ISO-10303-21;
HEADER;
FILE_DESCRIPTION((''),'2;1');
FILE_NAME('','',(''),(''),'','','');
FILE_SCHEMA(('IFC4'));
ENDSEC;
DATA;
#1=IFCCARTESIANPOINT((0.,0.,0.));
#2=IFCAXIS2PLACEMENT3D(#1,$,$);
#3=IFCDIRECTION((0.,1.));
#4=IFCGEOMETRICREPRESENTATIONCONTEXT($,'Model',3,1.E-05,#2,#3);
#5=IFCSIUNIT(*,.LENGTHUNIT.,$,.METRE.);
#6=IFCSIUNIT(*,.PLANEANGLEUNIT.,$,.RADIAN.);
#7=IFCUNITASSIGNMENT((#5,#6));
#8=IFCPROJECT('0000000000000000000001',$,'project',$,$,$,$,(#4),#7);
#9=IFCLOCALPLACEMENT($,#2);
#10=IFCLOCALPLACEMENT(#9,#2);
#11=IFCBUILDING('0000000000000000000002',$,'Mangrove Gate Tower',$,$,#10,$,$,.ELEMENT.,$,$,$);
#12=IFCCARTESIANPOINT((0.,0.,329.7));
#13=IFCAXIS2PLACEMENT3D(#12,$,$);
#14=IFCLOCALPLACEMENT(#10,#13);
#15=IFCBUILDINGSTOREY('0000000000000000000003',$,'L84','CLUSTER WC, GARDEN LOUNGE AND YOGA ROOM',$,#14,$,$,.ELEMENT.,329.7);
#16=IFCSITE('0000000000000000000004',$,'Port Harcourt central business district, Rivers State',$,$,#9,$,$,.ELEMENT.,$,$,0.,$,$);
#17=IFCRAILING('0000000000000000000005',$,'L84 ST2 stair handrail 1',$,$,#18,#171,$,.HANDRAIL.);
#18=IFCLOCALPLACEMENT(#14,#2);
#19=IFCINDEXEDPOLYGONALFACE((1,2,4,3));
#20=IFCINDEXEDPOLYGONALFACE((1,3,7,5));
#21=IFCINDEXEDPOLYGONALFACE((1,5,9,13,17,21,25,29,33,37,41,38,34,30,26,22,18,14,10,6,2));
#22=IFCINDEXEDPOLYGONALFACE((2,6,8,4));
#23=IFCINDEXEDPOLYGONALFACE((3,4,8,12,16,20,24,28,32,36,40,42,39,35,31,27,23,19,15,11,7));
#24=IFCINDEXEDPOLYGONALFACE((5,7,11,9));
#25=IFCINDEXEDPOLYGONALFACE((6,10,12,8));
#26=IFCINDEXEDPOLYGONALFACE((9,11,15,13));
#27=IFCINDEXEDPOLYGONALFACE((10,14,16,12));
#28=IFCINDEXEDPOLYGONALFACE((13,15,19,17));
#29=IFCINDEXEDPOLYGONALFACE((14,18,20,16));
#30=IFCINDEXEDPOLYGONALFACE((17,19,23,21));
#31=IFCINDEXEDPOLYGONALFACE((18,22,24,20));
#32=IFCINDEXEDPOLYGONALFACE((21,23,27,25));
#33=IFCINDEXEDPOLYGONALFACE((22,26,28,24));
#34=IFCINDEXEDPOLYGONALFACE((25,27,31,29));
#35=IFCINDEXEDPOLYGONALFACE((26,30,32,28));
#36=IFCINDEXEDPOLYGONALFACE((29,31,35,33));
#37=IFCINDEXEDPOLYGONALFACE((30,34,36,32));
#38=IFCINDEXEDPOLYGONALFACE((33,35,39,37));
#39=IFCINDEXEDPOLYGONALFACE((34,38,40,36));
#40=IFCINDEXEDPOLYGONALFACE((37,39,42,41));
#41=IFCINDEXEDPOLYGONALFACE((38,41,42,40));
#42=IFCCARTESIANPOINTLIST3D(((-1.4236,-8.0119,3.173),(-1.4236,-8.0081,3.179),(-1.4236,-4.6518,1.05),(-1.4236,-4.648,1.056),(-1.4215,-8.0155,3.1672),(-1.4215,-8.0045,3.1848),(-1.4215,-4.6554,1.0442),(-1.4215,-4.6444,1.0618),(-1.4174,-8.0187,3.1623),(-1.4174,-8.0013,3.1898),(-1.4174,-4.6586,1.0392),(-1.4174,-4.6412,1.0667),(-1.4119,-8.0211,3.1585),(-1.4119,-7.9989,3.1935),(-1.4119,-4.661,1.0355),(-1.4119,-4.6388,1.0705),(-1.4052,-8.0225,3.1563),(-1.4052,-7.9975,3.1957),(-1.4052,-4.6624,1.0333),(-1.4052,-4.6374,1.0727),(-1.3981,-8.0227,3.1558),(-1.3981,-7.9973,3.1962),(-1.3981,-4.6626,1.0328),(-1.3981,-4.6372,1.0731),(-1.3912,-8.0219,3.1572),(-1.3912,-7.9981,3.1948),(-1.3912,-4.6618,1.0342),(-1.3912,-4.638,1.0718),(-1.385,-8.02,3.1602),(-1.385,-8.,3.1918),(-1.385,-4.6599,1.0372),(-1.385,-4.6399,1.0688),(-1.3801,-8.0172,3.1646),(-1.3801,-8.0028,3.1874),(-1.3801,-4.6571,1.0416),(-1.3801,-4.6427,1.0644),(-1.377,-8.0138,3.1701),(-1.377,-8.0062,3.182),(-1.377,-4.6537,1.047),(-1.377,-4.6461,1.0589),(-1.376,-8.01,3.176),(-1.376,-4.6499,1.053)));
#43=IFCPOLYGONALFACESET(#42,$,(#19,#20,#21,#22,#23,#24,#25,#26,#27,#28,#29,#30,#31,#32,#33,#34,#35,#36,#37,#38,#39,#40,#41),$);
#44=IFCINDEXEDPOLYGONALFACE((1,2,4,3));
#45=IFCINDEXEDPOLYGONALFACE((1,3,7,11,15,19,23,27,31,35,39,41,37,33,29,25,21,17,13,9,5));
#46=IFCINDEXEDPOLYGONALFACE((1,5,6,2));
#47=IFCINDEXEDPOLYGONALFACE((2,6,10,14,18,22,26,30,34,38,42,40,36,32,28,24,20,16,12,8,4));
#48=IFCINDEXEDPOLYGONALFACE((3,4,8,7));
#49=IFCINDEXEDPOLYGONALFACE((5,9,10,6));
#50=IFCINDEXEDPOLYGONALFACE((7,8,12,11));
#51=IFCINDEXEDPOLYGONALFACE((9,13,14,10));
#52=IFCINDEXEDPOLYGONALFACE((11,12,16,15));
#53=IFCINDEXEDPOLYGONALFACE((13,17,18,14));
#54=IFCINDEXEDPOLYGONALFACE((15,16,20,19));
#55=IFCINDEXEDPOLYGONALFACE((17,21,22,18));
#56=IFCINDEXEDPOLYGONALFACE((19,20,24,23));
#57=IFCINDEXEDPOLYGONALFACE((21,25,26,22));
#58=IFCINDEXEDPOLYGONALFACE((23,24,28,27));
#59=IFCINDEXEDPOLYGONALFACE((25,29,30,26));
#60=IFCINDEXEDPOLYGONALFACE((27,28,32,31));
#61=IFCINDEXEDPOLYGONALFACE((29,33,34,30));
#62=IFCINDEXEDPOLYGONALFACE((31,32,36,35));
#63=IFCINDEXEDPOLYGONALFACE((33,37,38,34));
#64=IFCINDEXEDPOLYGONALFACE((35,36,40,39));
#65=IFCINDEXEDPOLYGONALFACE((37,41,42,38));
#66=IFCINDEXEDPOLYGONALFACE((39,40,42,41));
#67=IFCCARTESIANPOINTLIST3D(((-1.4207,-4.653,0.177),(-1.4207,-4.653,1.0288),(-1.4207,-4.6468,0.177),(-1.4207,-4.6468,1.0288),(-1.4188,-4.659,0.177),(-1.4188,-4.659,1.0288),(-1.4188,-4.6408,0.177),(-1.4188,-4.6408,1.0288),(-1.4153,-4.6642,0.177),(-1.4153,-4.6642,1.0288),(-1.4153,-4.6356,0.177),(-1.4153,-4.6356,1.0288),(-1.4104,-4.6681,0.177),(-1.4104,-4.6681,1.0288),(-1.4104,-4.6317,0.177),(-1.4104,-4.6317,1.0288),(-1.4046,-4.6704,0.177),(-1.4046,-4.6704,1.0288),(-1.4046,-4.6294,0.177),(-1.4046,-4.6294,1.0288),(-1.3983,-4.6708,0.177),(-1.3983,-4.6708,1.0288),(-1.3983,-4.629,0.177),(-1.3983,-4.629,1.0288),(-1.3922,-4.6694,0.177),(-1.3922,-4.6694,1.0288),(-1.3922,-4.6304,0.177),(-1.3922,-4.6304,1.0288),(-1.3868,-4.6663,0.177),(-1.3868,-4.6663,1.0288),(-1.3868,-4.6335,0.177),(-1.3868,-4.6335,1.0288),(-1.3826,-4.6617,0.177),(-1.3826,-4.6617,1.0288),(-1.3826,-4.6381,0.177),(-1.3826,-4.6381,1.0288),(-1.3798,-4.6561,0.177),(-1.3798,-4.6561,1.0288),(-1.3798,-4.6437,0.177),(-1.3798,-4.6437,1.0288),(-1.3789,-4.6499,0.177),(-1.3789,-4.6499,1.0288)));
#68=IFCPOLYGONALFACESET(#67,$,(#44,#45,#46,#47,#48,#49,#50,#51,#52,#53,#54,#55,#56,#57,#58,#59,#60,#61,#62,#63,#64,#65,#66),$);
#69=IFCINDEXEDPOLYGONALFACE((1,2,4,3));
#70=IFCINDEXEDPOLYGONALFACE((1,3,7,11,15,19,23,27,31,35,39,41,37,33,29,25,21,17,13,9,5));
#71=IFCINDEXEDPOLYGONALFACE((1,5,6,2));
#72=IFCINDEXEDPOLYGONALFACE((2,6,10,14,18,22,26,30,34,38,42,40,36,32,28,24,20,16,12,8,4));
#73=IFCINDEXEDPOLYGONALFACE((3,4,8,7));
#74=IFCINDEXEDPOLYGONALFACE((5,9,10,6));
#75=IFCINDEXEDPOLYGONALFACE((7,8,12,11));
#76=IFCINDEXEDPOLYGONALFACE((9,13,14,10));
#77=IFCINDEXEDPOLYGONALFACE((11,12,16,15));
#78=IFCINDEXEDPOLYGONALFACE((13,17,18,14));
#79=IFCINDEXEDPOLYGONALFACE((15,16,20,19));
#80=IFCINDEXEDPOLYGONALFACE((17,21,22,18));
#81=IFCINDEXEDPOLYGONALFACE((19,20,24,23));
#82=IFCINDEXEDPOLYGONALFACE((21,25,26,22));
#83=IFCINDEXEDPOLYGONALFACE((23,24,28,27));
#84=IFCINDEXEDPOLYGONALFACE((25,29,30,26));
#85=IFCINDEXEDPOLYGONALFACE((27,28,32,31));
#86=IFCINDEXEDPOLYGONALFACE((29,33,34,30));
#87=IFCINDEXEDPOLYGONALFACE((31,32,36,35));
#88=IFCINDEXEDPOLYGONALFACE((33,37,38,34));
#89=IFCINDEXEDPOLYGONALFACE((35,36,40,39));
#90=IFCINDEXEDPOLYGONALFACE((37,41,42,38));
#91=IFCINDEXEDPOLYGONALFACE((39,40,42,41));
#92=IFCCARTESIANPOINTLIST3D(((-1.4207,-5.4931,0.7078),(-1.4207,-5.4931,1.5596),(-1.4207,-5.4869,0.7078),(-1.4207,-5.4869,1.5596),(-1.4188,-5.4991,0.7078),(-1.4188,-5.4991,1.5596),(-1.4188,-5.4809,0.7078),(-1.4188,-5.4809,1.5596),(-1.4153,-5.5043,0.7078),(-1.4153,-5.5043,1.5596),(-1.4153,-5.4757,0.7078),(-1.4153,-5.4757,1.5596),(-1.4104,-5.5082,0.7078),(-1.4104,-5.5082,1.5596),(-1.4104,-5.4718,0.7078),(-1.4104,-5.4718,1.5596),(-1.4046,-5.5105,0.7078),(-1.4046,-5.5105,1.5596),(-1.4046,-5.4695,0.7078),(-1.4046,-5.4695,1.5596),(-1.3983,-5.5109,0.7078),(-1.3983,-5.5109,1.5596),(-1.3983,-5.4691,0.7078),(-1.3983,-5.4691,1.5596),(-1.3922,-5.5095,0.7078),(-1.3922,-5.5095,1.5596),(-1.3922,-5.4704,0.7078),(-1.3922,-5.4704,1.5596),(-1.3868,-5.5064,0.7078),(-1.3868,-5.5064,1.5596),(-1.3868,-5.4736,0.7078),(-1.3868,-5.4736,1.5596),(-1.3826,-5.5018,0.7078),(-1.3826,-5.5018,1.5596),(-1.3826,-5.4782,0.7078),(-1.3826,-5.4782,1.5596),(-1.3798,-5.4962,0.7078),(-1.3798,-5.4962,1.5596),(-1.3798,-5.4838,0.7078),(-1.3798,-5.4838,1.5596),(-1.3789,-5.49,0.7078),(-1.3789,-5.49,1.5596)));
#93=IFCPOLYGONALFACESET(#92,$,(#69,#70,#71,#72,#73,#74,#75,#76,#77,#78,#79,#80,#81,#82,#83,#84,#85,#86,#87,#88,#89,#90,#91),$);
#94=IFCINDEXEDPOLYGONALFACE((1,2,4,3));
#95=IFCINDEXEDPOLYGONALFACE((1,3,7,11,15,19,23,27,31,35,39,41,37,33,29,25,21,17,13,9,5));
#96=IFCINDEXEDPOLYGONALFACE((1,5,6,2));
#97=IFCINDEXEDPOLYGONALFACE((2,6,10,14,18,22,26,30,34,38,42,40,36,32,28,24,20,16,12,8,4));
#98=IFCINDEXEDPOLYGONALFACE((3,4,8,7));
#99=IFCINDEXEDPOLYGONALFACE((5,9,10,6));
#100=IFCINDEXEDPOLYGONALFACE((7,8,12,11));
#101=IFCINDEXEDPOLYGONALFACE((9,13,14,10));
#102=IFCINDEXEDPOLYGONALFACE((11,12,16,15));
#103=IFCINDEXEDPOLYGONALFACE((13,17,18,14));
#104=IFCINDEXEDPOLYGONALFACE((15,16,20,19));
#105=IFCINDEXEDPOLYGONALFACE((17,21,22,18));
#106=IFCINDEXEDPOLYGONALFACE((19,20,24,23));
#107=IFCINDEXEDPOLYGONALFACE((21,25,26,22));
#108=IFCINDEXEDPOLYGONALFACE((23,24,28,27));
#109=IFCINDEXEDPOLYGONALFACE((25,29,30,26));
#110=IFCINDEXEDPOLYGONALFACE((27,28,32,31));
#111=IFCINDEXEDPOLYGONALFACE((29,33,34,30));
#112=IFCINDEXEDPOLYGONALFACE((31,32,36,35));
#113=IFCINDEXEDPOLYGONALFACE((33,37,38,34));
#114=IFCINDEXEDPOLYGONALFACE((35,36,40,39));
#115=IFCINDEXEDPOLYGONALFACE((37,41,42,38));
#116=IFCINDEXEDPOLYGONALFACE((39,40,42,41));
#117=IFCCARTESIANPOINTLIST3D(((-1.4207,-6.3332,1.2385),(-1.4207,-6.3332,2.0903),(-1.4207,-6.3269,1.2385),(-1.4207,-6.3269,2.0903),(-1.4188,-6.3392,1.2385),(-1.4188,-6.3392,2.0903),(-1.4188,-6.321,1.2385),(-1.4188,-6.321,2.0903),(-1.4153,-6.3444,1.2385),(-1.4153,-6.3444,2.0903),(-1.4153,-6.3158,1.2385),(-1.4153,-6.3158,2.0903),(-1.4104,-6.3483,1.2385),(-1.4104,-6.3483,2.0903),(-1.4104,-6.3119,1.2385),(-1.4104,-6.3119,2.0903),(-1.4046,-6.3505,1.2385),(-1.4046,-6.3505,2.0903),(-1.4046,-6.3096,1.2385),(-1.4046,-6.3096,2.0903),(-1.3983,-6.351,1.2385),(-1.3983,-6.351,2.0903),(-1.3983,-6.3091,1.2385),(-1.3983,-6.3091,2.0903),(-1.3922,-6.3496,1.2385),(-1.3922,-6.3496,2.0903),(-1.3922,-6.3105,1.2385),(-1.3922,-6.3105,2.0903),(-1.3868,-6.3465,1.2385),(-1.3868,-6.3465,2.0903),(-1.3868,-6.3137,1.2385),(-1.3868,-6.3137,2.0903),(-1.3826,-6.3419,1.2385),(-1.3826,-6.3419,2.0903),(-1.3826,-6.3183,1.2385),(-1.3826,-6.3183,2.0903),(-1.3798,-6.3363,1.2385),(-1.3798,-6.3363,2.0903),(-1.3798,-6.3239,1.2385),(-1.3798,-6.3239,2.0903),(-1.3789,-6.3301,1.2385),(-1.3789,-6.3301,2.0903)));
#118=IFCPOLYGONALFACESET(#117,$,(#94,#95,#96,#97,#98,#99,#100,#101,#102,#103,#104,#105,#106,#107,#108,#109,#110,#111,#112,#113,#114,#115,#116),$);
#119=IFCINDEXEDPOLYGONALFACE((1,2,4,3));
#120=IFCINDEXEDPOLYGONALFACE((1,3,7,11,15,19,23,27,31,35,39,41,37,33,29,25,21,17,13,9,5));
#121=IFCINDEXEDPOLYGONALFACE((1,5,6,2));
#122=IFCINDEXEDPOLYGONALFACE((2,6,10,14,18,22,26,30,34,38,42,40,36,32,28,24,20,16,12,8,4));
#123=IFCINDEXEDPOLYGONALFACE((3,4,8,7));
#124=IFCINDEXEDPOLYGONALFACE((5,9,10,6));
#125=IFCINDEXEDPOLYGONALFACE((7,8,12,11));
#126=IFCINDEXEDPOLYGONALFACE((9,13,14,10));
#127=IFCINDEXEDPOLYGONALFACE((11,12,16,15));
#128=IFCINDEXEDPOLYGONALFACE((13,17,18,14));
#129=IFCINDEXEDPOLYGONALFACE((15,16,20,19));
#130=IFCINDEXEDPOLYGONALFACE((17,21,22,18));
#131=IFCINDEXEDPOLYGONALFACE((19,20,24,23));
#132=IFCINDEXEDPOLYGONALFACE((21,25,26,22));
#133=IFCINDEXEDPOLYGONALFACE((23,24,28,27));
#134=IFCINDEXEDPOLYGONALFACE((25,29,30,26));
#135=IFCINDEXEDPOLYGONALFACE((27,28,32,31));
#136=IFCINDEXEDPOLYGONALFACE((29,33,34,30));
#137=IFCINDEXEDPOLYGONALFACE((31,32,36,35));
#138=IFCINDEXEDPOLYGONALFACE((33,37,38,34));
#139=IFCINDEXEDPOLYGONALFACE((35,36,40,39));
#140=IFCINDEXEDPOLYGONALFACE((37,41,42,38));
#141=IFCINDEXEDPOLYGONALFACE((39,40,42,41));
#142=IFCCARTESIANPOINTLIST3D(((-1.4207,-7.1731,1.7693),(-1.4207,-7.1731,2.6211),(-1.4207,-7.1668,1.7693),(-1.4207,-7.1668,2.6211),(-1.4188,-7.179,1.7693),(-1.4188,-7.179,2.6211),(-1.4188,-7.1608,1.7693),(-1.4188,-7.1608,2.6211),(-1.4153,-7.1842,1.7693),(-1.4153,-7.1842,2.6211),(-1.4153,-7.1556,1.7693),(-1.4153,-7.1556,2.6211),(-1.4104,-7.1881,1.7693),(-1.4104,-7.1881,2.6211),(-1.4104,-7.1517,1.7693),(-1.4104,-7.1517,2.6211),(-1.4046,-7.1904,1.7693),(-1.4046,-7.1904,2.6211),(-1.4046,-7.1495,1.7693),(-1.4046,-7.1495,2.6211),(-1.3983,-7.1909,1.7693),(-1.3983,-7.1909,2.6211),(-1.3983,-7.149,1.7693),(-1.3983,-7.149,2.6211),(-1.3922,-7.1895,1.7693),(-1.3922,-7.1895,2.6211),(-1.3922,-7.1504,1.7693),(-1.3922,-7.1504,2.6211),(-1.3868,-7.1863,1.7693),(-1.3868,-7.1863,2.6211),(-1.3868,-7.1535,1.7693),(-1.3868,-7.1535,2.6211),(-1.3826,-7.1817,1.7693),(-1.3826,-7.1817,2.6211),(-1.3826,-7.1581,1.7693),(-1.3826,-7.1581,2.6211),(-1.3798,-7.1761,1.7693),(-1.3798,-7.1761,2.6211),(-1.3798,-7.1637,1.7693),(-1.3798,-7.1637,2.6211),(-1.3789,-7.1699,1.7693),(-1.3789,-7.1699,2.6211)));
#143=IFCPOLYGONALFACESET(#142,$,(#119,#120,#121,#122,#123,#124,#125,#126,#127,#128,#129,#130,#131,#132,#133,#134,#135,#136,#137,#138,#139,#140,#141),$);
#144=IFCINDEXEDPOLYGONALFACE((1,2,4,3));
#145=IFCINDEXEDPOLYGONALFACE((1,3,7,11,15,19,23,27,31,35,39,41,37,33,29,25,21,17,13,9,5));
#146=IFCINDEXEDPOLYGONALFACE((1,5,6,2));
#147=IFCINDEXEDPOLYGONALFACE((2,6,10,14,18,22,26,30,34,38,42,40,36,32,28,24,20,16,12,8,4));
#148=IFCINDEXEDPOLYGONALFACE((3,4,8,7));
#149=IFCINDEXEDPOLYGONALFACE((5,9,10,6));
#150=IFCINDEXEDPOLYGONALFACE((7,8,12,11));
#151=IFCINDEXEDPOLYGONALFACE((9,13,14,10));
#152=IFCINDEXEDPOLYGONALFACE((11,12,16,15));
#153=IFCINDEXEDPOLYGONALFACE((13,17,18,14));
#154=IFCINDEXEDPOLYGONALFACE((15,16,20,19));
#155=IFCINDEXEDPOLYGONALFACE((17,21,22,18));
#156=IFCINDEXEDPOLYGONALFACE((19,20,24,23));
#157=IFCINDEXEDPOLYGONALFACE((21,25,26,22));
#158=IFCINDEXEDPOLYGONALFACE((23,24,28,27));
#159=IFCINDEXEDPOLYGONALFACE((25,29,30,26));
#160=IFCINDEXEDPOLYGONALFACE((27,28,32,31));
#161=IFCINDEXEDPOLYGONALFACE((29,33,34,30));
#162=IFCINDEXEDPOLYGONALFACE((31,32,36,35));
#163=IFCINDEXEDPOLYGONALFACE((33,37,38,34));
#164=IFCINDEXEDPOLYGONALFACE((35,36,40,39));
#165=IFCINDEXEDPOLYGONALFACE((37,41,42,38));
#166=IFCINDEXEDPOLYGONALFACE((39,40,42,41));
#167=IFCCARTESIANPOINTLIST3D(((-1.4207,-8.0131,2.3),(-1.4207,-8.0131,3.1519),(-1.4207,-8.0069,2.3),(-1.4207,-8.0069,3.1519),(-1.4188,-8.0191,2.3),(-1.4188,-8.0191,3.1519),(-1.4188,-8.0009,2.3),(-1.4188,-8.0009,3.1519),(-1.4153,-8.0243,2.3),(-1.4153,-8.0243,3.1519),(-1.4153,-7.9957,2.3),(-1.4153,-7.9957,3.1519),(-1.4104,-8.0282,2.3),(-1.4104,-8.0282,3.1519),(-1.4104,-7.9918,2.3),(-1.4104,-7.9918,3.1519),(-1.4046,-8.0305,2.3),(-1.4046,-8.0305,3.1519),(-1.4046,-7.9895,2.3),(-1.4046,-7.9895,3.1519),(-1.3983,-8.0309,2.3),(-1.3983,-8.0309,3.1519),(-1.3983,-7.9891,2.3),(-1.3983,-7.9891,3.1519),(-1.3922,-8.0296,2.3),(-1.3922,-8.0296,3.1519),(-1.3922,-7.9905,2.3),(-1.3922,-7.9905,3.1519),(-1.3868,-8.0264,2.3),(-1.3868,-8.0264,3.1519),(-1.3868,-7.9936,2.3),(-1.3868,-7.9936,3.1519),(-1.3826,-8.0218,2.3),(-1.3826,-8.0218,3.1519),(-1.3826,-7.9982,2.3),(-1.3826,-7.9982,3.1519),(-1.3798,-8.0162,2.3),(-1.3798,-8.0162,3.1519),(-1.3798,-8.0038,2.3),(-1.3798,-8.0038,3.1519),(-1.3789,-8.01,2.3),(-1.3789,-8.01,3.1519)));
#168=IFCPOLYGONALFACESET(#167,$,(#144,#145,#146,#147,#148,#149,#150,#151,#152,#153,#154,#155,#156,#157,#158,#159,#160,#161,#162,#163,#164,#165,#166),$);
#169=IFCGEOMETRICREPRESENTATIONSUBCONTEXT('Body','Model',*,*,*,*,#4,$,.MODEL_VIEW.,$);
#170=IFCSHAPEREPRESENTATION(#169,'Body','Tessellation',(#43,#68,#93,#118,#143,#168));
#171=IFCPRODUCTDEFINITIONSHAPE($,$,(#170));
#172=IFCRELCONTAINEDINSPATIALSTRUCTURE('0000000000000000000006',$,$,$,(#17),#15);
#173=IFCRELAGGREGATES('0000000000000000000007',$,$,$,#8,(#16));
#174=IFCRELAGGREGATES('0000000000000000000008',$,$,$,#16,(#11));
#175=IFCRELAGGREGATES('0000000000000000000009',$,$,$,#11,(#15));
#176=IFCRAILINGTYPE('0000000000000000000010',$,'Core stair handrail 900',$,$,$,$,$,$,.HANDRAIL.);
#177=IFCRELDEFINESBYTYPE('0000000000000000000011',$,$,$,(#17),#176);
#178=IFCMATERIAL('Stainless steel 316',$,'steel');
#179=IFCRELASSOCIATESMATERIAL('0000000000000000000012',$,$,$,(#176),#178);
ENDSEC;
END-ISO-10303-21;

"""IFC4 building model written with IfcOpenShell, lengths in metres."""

from ifc_helpers import new_model, si_unit, direction, frame, origin, origin_2d, place, context, subcontext, project, spatial, circle, extrude, material, type_object, element, save


model = new_model("IFC4")

# Units and contexts
model_context = context("Model", 3, precision=1e-05, world=origin(), true_north=direction((0.0, 1.0)))
body_context = subcontext(model_context, "Body", "Model", "MODEL_VIEW")
ifc_project = project(units=[si_unit("LENGTHUNIT", "METRE"), si_unit("PLANEANGLEUNIT", "RADIAN")], contexts=[model_context])

# Site, building, storey
site_placement = place(None, origin())
site = spatial("IfcSite", under=ifc_project, at=site_placement, Name="Port Harcourt central business district, Rivers State", CompositionType="ELEMENT", RefElevation=0.0)
building_placement = place(site_placement, origin())
building = spatial("IfcBuilding", under=site, at=building_placement, Name="Mangrove Gate Tower", CompositionType="ELEMENT")
storey_placement = place(building_placement, frame((0.0, 0.0, 329.7)))
storey = spatial("IfcBuildingStorey", under=building, at=storey_placement, Name="L84", Description="CLUSTER WC, GARDEN LOUNGE AND YOGA ROOM", CompositionType="ELEMENT", Elevation=329.7)

# Railing
ifc_material_1 = material(Name="Stainless steel 316", Category="steel")
railing_type_1 = type_object("IfcRailingType", Name="Core stair handrail 900", PredefinedType="HANDRAIL", material=ifc_material_1)
railing_1_placement = place(storey_placement, frame((-1.3999, -4.6499, 0.177)))
element("IfcRailing", 1, at=railing_1_placement, inside=storey, type_object=railing_type_1, Name="L84 ST2 stair handrail 1", PredefinedType="HANDRAIL", context=body_context, shape_type="SweptSolid", body=[
    extrude(circle(Radius=0.0239, at=origin_2d()), frame((0.0, 0.0, 0.876), z_axis=(0.0, -0.84539, 0.53415), x_axis=(1.0, 0.0, 0.0)), (0.0, 0.0, 1.0), 3.9746),
    extrude(circle(Radius=0.021, at=origin_2d()), origin(), (0.0, 0.0, 1.0), 0.8518),
    extrude(circle(Radius=0.021, at=origin_2d()), frame((0.0, -0.8401, 0.5308)), (0.0, 0.0, 1.0), 0.8518),
    extrude(circle(Radius=0.021, at=origin_2d()), frame((0.0, -1.6802, 1.0615)), (0.0, 0.0, 1.0), 0.8518),
    extrude(circle(Radius=0.021, at=origin_2d()), frame((0.0, -2.52, 1.5923)), (0.0, 0.0, 1.0), 0.8518),
    extrude(circle(Radius=0.021, at=origin_2d()), frame((0.0, -3.3601, 2.123)), (0.0, 0.0, 1.0), 0.8518),
])

save(model, "model.ifc")
